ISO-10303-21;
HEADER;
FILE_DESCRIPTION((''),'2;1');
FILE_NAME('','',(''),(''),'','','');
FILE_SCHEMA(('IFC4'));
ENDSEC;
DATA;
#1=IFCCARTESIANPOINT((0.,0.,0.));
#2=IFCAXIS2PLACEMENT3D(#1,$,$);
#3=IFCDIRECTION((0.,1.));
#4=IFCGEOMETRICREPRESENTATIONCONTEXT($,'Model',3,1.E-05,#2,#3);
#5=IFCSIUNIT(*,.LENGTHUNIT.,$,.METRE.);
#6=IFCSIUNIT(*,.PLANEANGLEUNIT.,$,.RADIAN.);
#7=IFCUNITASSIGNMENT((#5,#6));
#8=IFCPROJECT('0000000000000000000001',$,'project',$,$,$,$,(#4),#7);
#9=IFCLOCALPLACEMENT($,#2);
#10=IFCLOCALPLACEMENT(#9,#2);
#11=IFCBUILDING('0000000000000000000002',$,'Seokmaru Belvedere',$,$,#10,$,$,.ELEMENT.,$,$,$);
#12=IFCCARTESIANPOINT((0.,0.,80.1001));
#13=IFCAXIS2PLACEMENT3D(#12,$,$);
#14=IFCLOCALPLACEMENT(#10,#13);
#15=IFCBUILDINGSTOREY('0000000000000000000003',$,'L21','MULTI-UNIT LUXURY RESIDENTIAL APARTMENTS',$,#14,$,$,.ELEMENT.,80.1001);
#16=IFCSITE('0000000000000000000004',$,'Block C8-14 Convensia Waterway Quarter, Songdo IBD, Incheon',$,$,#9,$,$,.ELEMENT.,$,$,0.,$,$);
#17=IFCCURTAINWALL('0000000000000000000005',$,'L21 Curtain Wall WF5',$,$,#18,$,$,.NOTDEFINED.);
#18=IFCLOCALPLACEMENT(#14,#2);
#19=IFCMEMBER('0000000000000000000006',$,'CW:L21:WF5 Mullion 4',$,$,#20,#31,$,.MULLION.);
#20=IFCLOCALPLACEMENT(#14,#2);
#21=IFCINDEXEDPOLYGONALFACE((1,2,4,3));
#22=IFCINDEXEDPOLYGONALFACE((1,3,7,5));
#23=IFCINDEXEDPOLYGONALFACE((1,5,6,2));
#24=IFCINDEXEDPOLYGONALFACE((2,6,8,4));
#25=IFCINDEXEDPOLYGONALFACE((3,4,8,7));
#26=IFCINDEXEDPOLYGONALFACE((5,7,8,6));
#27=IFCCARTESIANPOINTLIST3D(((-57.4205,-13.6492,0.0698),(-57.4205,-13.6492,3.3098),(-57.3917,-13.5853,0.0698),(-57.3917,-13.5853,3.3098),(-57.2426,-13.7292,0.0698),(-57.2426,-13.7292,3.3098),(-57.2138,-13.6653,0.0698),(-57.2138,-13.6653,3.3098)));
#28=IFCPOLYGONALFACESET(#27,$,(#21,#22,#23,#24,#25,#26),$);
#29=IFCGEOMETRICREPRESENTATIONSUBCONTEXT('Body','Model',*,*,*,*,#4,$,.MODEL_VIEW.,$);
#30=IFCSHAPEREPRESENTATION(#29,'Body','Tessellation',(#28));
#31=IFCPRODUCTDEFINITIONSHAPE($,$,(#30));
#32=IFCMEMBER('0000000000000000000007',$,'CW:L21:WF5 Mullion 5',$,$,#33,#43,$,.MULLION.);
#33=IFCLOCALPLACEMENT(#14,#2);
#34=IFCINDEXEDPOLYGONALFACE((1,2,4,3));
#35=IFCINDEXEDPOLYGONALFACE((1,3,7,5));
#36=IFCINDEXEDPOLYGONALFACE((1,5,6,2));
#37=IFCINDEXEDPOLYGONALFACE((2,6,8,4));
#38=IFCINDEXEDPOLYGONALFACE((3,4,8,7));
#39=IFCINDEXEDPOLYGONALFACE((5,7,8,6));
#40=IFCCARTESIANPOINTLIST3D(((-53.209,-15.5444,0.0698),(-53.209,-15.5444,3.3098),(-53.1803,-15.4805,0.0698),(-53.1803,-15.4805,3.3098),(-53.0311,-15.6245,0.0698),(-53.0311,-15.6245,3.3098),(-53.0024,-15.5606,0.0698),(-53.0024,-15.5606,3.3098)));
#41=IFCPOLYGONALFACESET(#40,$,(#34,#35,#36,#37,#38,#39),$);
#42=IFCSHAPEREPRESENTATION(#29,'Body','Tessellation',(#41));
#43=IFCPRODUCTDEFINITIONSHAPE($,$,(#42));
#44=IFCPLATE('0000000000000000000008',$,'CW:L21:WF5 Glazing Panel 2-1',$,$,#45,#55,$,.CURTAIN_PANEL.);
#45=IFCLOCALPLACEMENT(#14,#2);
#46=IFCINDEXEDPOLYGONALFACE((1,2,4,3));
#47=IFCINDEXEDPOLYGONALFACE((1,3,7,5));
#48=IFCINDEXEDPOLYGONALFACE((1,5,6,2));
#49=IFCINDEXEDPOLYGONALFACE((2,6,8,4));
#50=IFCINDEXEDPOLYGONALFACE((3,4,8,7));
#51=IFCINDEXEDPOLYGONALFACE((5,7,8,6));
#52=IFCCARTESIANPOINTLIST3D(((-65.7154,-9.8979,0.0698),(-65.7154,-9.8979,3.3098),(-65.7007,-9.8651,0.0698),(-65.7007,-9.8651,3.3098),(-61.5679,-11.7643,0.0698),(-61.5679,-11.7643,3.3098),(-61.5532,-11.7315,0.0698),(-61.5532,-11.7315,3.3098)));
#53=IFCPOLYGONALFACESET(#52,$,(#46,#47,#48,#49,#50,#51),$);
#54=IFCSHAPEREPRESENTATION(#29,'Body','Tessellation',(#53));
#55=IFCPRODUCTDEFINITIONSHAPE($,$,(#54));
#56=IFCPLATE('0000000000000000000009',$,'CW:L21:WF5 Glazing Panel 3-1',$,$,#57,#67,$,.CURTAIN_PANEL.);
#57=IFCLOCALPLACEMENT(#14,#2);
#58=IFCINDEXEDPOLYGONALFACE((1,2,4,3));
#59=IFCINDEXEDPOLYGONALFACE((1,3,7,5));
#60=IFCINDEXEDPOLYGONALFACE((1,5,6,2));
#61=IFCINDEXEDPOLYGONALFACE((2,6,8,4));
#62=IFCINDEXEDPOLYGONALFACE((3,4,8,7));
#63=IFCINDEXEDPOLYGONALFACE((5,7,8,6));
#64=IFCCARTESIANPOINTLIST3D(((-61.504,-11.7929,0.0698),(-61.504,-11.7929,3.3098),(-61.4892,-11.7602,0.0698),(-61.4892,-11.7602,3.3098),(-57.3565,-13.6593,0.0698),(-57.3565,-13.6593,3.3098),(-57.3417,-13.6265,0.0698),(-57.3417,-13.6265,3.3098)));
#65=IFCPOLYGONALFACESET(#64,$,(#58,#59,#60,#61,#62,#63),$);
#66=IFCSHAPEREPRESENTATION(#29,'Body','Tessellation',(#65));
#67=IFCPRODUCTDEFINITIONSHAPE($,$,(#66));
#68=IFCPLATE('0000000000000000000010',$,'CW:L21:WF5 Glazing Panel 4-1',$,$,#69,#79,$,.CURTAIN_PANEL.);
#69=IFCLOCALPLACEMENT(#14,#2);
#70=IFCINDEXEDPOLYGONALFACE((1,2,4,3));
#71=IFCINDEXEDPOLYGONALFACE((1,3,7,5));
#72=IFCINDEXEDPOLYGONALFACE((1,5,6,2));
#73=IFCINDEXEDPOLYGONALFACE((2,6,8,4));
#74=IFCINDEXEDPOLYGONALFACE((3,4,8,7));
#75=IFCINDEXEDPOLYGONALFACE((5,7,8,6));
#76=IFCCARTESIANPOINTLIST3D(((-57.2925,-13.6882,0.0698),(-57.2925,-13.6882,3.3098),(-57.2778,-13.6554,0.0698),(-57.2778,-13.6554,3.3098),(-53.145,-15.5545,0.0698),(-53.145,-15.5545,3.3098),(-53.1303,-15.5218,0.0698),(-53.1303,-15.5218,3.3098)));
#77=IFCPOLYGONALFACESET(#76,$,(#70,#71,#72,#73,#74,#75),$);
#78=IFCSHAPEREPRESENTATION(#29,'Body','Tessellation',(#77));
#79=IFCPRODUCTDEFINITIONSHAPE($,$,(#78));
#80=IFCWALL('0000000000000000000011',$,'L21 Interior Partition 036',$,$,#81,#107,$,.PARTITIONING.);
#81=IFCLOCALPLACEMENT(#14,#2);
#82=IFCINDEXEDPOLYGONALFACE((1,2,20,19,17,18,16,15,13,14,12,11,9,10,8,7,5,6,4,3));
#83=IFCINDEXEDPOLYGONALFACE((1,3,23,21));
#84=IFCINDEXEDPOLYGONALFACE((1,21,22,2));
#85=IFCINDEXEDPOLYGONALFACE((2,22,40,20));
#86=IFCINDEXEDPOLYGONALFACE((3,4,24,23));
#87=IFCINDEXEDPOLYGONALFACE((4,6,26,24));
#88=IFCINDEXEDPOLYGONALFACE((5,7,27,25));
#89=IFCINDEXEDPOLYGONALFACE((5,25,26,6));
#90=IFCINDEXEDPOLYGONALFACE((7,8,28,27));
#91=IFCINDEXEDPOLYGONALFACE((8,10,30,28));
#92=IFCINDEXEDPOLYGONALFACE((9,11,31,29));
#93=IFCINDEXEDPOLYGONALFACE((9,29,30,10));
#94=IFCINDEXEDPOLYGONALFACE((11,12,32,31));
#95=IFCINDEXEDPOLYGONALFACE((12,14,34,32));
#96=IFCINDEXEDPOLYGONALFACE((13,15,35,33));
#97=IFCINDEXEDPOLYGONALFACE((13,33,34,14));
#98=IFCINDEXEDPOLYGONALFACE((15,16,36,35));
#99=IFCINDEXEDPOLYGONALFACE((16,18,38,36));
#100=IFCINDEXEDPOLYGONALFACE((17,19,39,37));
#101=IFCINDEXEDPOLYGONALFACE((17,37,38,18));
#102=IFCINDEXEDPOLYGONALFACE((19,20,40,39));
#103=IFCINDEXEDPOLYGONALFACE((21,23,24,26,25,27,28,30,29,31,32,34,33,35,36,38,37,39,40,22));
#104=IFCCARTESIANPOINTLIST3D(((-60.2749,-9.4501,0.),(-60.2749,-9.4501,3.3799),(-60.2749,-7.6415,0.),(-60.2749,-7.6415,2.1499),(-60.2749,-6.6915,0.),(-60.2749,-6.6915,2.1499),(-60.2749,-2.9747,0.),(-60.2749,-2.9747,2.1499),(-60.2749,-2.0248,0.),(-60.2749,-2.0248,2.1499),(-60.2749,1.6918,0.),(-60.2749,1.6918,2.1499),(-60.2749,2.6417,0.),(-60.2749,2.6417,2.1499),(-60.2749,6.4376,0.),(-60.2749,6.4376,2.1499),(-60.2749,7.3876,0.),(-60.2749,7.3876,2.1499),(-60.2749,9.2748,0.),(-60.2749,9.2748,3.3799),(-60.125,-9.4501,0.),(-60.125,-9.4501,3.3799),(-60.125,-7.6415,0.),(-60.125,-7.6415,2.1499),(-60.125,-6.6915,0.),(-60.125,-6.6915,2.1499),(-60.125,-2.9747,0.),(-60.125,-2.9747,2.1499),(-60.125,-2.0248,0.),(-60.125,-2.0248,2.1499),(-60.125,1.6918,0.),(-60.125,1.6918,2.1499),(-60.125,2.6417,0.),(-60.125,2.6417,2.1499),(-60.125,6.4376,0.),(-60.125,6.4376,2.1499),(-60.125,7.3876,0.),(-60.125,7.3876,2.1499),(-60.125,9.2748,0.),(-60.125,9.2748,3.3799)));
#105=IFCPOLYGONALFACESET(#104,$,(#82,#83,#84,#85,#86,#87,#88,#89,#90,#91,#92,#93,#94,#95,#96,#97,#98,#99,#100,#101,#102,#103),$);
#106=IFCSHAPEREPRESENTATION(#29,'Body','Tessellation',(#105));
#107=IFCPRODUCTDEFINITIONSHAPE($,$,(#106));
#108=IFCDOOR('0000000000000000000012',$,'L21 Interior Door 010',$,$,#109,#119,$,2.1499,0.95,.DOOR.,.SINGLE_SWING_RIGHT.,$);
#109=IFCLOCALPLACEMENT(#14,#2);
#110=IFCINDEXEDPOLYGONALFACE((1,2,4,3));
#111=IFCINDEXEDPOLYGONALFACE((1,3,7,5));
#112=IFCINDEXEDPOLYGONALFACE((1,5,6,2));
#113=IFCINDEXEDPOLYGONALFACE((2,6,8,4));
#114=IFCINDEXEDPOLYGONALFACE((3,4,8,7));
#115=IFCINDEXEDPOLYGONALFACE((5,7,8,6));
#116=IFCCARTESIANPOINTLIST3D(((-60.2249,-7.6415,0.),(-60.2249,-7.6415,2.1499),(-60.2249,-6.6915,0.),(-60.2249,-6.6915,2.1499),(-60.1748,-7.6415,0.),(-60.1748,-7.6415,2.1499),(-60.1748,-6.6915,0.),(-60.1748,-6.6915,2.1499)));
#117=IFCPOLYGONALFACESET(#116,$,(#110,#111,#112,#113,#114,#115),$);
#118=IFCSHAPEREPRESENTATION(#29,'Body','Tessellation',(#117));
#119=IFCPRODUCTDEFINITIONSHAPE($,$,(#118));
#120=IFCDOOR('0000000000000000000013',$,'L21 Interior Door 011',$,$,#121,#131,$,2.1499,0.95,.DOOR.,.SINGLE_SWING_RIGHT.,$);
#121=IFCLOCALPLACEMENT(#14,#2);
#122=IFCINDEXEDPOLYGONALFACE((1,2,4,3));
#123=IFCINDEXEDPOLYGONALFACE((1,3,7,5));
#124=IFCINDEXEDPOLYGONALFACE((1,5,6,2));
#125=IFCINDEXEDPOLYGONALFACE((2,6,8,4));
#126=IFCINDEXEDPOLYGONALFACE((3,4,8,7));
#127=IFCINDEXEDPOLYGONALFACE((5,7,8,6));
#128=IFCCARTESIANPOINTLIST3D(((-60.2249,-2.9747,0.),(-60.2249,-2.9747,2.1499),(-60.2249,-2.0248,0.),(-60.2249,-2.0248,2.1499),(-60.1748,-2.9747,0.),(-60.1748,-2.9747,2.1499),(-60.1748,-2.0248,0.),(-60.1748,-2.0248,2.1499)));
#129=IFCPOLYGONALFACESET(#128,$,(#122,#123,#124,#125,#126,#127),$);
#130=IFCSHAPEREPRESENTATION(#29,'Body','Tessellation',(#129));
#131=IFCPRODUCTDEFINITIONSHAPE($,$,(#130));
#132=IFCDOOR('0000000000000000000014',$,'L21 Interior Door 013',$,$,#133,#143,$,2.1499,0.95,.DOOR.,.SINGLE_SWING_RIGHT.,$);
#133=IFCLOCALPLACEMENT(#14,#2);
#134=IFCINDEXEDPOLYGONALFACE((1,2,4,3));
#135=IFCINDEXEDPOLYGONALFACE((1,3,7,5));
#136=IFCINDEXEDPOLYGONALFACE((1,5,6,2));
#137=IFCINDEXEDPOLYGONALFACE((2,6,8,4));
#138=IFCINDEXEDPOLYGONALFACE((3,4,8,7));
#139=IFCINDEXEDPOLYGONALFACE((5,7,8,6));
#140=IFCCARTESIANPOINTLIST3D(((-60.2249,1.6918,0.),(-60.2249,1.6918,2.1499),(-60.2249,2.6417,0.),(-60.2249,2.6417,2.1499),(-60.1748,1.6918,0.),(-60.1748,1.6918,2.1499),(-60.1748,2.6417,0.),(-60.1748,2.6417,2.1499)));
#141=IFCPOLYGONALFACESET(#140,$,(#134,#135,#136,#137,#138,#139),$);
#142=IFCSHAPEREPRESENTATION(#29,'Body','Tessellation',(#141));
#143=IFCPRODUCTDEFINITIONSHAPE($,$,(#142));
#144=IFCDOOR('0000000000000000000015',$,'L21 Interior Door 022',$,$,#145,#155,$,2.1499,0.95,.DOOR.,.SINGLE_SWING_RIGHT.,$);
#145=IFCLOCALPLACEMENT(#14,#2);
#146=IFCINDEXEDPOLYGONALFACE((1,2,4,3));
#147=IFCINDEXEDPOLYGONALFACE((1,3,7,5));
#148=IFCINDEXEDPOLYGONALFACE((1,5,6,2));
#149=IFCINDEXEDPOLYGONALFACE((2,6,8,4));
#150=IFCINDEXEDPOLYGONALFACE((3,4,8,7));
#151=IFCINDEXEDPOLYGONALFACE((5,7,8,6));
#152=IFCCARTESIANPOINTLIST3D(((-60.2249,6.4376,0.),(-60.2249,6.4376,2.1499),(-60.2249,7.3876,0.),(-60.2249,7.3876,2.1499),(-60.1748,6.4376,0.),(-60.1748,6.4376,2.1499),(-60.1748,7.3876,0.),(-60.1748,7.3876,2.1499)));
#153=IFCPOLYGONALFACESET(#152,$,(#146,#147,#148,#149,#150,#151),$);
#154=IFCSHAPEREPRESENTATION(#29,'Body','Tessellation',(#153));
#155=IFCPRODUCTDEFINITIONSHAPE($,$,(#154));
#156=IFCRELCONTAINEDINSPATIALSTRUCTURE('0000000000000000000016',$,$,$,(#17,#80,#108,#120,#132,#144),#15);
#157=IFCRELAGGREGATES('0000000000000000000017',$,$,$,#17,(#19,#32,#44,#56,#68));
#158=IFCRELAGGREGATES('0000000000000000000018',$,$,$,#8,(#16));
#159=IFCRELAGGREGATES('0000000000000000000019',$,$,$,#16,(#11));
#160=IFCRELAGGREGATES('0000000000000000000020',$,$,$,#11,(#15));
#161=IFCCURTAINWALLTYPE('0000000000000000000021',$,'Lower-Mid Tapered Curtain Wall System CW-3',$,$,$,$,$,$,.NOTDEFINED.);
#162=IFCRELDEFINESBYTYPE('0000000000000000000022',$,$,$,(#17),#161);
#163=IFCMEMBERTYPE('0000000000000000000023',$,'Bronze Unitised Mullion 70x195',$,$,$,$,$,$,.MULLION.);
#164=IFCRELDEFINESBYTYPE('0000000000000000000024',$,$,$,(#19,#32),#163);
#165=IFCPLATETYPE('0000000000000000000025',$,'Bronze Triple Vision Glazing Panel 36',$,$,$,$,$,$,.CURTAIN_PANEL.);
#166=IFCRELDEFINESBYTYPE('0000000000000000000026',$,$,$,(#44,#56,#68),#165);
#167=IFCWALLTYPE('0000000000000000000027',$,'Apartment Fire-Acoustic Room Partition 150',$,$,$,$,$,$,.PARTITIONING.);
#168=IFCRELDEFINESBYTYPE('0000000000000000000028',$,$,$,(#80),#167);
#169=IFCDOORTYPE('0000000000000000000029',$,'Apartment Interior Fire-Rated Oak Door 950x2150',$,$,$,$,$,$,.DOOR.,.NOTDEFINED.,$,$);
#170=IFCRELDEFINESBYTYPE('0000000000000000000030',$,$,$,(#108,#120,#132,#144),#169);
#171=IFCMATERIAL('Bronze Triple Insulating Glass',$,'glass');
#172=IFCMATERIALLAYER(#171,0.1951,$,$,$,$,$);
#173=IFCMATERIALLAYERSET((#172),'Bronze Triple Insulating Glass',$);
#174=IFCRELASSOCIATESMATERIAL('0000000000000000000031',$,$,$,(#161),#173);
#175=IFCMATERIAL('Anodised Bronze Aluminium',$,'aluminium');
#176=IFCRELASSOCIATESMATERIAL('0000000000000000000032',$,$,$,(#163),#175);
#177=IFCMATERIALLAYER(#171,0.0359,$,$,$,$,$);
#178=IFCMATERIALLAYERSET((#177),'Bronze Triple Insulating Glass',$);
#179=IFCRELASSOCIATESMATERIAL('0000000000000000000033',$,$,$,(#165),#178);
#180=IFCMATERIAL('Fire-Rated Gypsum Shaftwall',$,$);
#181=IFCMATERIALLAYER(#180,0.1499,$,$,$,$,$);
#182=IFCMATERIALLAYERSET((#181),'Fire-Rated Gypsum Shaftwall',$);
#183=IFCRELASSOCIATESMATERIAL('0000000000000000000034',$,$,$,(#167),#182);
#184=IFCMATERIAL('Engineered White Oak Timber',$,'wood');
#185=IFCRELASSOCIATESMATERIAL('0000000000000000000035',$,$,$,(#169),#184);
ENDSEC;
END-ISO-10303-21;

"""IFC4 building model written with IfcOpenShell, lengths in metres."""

from ifc_helpers import new_model, si_unit, direction, frame, frame_2d, origin, origin_2d, place, context, subcontext, project, spatial, rectangle, extrude, source, transform, mapped, material, layer, layer_set, material_profile, profile_set, type_object, type_shapes, element, fill, aggregate, save


model = new_model("IFC4")

# Units and contexts
model_context = context("Model", 3, precision=1e-05, world=origin(), true_north=direction((0.0, 1.0)))
body_context = subcontext(model_context, "Body", "Model", "MODEL_VIEW")
ifc_project = project(units=[si_unit("LENGTHUNIT", "METRE"), si_unit("PLANEANGLEUNIT", "RADIAN")], contexts=[model_context])

# Site, building, storey
site_placement = place(None, origin())
site = spatial("IfcSite", under=ifc_project, at=site_placement, Name="Block C8-14 Convensia Waterway Quarter, Songdo IBD, Incheon", CompositionType="ELEMENT", RefElevation=0.0)
building_placement = place(site_placement, origin())
building = spatial("IfcBuilding", under=site, at=building_placement, Name="Seokmaru Belvedere", CompositionType="ELEMENT")
storey_placement = place(building_placement, frame((0.0, 0.0, 80.1001)))
storey = spatial("IfcBuildingStorey", under=building, at=storey_placement, Name="L21", Description="MULTI-UNIT LUXURY RESIDENTIAL APARTMENTS", CompositionType="ELEMENT", Elevation=80.1001)

# Curtain wall, members, plates
ifc_material_1 = material(Name="Bronze Triple Insulating Glass", Category="glass")
ifc_layer_1 = layer(ifc_material_1, 0.1951)
ifc_layer_set_1 = layer_set([ifc_layer_1], Name="Bronze Triple Insulating Glass")
curtain_wall_type = type_object("IfcCurtainWallType", Name="Lower-Mid Tapered Curtain Wall System CW-3", PredefinedType="NOTDEFINED", material=ifc_layer_set_1)
curtain_wall_placement = place(storey_placement, origin())
curtain_wall = element("IfcCurtainWall", 1, at=curtain_wall_placement, inside=storey, type_object=curtain_wall_type, Name="L21 Curtain Wall WF5", PredefinedType="NOTDEFINED")
ifc_material_2 = material(Name="Anodised Bronze Aluminium", Category="aluminium")
ifc_material_profile_1 = material_profile(ifc_material_2, rectangle(XDim=0.0701, YDim=0.1951, at=origin_2d()), Name="CW-M-70x195")
ifc_profile_set_1 = profile_set([ifc_material_profile_1], Name="Anodised Bronze Aluminium")
member_type = type_object("IfcMemberType", Name="Bronze Unitised Mullion 70x195", PredefinedType="MULLION", material=ifc_profile_set_1)
shared_shape_1 = source(origin(), body_context, "Body", "SweptSolid", [
    extrude(rectangle(XDim=0.0701, YDim=0.1951, at=origin_2d()), origin(), (0.0, 0.0, 1.0), 3.24),
])
type_shapes(member_type, [shared_shape_1])
member_1_placement = place(storey_placement, frame((-57.3171, -13.6572, 0.0698), z_axis=(0.0, 0.0, 1.0), x_axis=(0.410366, 0.911921, 0.0)))
member_1 = element("IfcMember", 2, at=member_1_placement, type_object=member_type, Name="CW:L21:WF5 Mullion 4", PredefinedType="MULLION", context=body_context, shape_type="MappedRepresentation", body=[
    mapped(shared_shape_1, transform((0.0, 0.0, 0.0), scale=1.0)),
])
member_2_placement = place(storey_placement, frame((-53.1057, -15.5525, 0.0698), z_axis=(0.0, 0.0, 1.0), x_axis=(0.410366, 0.911921, 0.0)))
member_2 = element("IfcMember", 3, at=member_2_placement, type_object=member_type, Name="CW:L21:WF5 Mullion 5", PredefinedType="MULLION", context=body_context, shape_type="MappedRepresentation", body=[
    mapped(shared_shape_1, transform((0.0, 0.0, 0.0), scale=1.0)),
])
ifc_layer_2 = layer(ifc_material_1, 0.0359)
ifc_layer_set_2 = layer_set([ifc_layer_2], Name="Bronze Triple Insulating Glass")
plate_type = type_object("IfcPlateType", Name="Bronze Triple Vision Glazing Panel 36", PredefinedType="CURTAIN_PANEL", material=ifc_layer_set_2)
shared_shape_2 = source(origin(), body_context, "Body", "SweptSolid", [
    extrude(rectangle(XDim=4.5481, YDim=0.0359, at=origin_2d()), origin(), (0.0, 0.0, 1.0), 3.24),
])
type_shapes(plate_type, [shared_shape_2])
plate_1_placement = place(storey_placement, frame((-63.6343, -10.8147, 0.0698), z_axis=(0.0, 0.0, 1.0), x_axis=(0.911921, -0.410366, 0.0)))
plate_1 = element("IfcPlate", 4, at=plate_1_placement, type_object=plate_type, Name="CW:L21:WF5 Glazing Panel 2-1", PredefinedType="CURTAIN_PANEL", context=body_context, shape_type="MappedRepresentation", body=[
    mapped(shared_shape_2, transform((0.0, 0.0, 0.0), scale=1.0)),
])
plate_2_placement = place(storey_placement, frame((-59.4229, -12.7097, 0.0698), z_axis=(0.0, 0.0, 1.0), x_axis=(0.911921, -0.410366, 0.0)))
plate_2 = element("IfcPlate", 5, at=plate_2_placement, type_object=plate_type, Name="CW:L21:WF5 Glazing Panel 3-1", PredefinedType="CURTAIN_PANEL", context=body_context, shape_type="MappedRepresentation", body=[
    mapped(shared_shape_2, transform((0.0, 0.0, 0.0), scale=1.0)),
])
plate_3_placement = place(storey_placement, frame((-55.2114, -14.605, 0.0698), z_axis=(0.0, 0.0, 1.0), x_axis=(0.911921, -0.410366, 0.0)))
plate_3 = element("IfcPlate", 6, at=plate_3_placement, type_object=plate_type, Name="CW:L21:WF5 Glazing Panel 4-1", PredefinedType="CURTAIN_PANEL", context=body_context, shape_type="MappedRepresentation", body=[
    mapped(shared_shape_2, transform((0.0, 0.0, 0.0), scale=1.0)),
])
aggregate(curtain_wall, [member_1, member_2, plate_1, plate_2, plate_3])

# Wall, openings, doors
ifc_material_3 = material(Name="Fire-Rated Gypsum Shaftwall")
ifc_layer_3 = layer(ifc_material_3, 0.1499)
ifc_layer_set_3 = layer_set([ifc_layer_3], Name="Fire-Rated Gypsum Shaftwall")
wall_type_1 = type_object("IfcWallType", Name="Apartment Fire-Acoustic Room Partition 150", PredefinedType="PARTITIONING", material=ifc_layer_set_3)
wall_1_placement = place(storey_placement, frame((-60.2, -9.45, 0.0), z_axis=(0.0, 0.0, 1.0), x_axis=(0.0, 1.0, 0.0)))
wall_1 = element("IfcWall", 7, at=wall_1_placement, inside=storey, type_object=wall_type_1, Name="L21 Interior Partition 036", PredefinedType="PARTITIONING", context=body_context, shape_type="SweptSolid", body=[
    extrude(rectangle(XDim=18.7249, YDim=0.1499, at=frame_2d((9.3623, 0.0))), origin(), (0.0, 0.0, 1.0), 3.3799),
])
opening_1_placement = place(wall_1_placement, frame((1.8083, 0.0, 0.0)))
opening_1 = element("IfcOpeningElement", 8, at=opening_1_placement, cuts=wall_1, PredefinedType="OPENING", context=body_context, shape_type="SweptSolid", body=[
    extrude(rectangle(XDim=0.95, YDim=2.1499, at=frame_2d((0.4751, 1.075))), frame((0.0, 0.085, 0.0), z_axis=(0.0, -1.0, 0.0), x_axis=(1.0, 0.0, 0.0)), (0.0, 0.0, 1.0), 0.1699),
])
opening_2_placement = place(wall_1_placement, frame((6.4751, 0.0, 0.0)))
opening_2 = element("IfcOpeningElement", 9, at=opening_2_placement, cuts=wall_1, PredefinedType="OPENING", context=body_context, shape_type="SweptSolid", body=[
    extrude(rectangle(XDim=0.95, YDim=2.1499, at=frame_2d((0.4751, 1.075))), frame((0.0, 0.085, 0.0), z_axis=(0.0, -1.0, 0.0), x_axis=(1.0, 0.0, 0.0)), (0.0, 0.0, 1.0), 0.1699),
])
opening_3_placement = place(wall_1_placement, frame((11.1416, 0.0, 0.0)))
opening_3 = element("IfcOpeningElement", 10, at=opening_3_placement, cuts=wall_1, PredefinedType="OPENING", context=body_context, shape_type="SweptSolid", body=[
    extrude(rectangle(XDim=0.95, YDim=2.1499, at=frame_2d((0.4751, 1.075))), frame((0.0, 0.085, 0.0), z_axis=(0.0, -1.0, 0.0), x_axis=(1.0, 0.0, 0.0)), (0.0, 0.0, 1.0), 0.1699),
])
opening_4_placement = place(wall_1_placement, frame((15.8875, 0.0, 0.0)))
opening_4 = element("IfcOpeningElement", 11, at=opening_4_placement, cuts=wall_1, PredefinedType="OPENING", context=body_context, shape_type="SweptSolid", body=[
    extrude(rectangle(XDim=0.95, YDim=2.1499, at=frame_2d((0.4751, 1.075))), frame((0.0, 0.085, 0.0), z_axis=(0.0, -1.0, 0.0), x_axis=(1.0, 0.0, 0.0)), (0.0, 0.0, 1.0), 0.1699),
])
ifc_material_4 = material(Name="Engineered White Oak Timber", Category="wood")
door_type = type_object("IfcDoorType", Name="Apartment Interior Fire-Rated Oak Door 950x2150", OperationType="NOTDEFINED", PredefinedType="DOOR", material=ifc_material_4)
shared_shape_3 = source(origin(), body_context, "Body", "SweptSolid", [
    extrude(rectangle(XDim=0.95, YDim=2.1499, at=frame_2d((0.4751, 1.075))), frame((0.0, 0.0249, 0.0), z_axis=(0.0, -1.0, 0.0), x_axis=(1.0, 0.0, 0.0)), (0.0, 0.0, 1.0), 0.05),
])
type_shapes(door_type, [shared_shape_3])
door_1_placement = place(opening_1_placement, origin())
door_1 = element("IfcDoor", 12, at=door_1_placement, inside=storey, type_object=door_type, Name="L21 Interior Door 010", OperationType="SINGLE_SWING_RIGHT", OverallHeight=2.1499, OverallWidth=0.95, PredefinedType="DOOR", context=body_context, shape_type="MappedRepresentation", body=[
    mapped(shared_shape_3, transform((0.0, 0.0, 0.0), scale=1.0)),
])
fill(opening_1, door_1)
door_2_placement = place(opening_2_placement, origin())
door_2 = element("IfcDoor", 13, at=door_2_placement, inside=storey, type_object=door_type, Name="L21 Interior Door 011", OperationType="SINGLE_SWING_RIGHT", OverallHeight=2.1499, OverallWidth=0.95, PredefinedType="DOOR", context=body_context, shape_type="MappedRepresentation", body=[
    mapped(shared_shape_3, transform((0.0, 0.0, 0.0), scale=1.0)),
])
fill(opening_2, door_2)
door_3_placement = place(opening_3_placement, origin())
door_3 = element("IfcDoor", 14, at=door_3_placement, inside=storey, type_object=door_type, Name="L21 Interior Door 013", OperationType="SINGLE_SWING_RIGHT", OverallHeight=2.1499, OverallWidth=0.95, PredefinedType="DOOR", context=body_context, shape_type="MappedRepresentation", body=[
    mapped(shared_shape_3, transform((0.0, 0.0, 0.0), scale=1.0)),
])
fill(opening_3, door_3)
door_4_placement = place(opening_4_placement, origin())
door_4 = element("IfcDoor", 15, at=door_4_placement, inside=storey, type_object=door_type, Name="L21 Interior Door 022", OperationType="SINGLE_SWING_RIGHT", OverallHeight=2.1499, OverallWidth=0.95, PredefinedType="DOOR", context=body_context, shape_type="MappedRepresentation", body=[
    mapped(shared_shape_3, transform((0.0, 0.0, 0.0), scale=1.0)),
])
fill(opening_4, door_4)

save(model, "model.ifc")
